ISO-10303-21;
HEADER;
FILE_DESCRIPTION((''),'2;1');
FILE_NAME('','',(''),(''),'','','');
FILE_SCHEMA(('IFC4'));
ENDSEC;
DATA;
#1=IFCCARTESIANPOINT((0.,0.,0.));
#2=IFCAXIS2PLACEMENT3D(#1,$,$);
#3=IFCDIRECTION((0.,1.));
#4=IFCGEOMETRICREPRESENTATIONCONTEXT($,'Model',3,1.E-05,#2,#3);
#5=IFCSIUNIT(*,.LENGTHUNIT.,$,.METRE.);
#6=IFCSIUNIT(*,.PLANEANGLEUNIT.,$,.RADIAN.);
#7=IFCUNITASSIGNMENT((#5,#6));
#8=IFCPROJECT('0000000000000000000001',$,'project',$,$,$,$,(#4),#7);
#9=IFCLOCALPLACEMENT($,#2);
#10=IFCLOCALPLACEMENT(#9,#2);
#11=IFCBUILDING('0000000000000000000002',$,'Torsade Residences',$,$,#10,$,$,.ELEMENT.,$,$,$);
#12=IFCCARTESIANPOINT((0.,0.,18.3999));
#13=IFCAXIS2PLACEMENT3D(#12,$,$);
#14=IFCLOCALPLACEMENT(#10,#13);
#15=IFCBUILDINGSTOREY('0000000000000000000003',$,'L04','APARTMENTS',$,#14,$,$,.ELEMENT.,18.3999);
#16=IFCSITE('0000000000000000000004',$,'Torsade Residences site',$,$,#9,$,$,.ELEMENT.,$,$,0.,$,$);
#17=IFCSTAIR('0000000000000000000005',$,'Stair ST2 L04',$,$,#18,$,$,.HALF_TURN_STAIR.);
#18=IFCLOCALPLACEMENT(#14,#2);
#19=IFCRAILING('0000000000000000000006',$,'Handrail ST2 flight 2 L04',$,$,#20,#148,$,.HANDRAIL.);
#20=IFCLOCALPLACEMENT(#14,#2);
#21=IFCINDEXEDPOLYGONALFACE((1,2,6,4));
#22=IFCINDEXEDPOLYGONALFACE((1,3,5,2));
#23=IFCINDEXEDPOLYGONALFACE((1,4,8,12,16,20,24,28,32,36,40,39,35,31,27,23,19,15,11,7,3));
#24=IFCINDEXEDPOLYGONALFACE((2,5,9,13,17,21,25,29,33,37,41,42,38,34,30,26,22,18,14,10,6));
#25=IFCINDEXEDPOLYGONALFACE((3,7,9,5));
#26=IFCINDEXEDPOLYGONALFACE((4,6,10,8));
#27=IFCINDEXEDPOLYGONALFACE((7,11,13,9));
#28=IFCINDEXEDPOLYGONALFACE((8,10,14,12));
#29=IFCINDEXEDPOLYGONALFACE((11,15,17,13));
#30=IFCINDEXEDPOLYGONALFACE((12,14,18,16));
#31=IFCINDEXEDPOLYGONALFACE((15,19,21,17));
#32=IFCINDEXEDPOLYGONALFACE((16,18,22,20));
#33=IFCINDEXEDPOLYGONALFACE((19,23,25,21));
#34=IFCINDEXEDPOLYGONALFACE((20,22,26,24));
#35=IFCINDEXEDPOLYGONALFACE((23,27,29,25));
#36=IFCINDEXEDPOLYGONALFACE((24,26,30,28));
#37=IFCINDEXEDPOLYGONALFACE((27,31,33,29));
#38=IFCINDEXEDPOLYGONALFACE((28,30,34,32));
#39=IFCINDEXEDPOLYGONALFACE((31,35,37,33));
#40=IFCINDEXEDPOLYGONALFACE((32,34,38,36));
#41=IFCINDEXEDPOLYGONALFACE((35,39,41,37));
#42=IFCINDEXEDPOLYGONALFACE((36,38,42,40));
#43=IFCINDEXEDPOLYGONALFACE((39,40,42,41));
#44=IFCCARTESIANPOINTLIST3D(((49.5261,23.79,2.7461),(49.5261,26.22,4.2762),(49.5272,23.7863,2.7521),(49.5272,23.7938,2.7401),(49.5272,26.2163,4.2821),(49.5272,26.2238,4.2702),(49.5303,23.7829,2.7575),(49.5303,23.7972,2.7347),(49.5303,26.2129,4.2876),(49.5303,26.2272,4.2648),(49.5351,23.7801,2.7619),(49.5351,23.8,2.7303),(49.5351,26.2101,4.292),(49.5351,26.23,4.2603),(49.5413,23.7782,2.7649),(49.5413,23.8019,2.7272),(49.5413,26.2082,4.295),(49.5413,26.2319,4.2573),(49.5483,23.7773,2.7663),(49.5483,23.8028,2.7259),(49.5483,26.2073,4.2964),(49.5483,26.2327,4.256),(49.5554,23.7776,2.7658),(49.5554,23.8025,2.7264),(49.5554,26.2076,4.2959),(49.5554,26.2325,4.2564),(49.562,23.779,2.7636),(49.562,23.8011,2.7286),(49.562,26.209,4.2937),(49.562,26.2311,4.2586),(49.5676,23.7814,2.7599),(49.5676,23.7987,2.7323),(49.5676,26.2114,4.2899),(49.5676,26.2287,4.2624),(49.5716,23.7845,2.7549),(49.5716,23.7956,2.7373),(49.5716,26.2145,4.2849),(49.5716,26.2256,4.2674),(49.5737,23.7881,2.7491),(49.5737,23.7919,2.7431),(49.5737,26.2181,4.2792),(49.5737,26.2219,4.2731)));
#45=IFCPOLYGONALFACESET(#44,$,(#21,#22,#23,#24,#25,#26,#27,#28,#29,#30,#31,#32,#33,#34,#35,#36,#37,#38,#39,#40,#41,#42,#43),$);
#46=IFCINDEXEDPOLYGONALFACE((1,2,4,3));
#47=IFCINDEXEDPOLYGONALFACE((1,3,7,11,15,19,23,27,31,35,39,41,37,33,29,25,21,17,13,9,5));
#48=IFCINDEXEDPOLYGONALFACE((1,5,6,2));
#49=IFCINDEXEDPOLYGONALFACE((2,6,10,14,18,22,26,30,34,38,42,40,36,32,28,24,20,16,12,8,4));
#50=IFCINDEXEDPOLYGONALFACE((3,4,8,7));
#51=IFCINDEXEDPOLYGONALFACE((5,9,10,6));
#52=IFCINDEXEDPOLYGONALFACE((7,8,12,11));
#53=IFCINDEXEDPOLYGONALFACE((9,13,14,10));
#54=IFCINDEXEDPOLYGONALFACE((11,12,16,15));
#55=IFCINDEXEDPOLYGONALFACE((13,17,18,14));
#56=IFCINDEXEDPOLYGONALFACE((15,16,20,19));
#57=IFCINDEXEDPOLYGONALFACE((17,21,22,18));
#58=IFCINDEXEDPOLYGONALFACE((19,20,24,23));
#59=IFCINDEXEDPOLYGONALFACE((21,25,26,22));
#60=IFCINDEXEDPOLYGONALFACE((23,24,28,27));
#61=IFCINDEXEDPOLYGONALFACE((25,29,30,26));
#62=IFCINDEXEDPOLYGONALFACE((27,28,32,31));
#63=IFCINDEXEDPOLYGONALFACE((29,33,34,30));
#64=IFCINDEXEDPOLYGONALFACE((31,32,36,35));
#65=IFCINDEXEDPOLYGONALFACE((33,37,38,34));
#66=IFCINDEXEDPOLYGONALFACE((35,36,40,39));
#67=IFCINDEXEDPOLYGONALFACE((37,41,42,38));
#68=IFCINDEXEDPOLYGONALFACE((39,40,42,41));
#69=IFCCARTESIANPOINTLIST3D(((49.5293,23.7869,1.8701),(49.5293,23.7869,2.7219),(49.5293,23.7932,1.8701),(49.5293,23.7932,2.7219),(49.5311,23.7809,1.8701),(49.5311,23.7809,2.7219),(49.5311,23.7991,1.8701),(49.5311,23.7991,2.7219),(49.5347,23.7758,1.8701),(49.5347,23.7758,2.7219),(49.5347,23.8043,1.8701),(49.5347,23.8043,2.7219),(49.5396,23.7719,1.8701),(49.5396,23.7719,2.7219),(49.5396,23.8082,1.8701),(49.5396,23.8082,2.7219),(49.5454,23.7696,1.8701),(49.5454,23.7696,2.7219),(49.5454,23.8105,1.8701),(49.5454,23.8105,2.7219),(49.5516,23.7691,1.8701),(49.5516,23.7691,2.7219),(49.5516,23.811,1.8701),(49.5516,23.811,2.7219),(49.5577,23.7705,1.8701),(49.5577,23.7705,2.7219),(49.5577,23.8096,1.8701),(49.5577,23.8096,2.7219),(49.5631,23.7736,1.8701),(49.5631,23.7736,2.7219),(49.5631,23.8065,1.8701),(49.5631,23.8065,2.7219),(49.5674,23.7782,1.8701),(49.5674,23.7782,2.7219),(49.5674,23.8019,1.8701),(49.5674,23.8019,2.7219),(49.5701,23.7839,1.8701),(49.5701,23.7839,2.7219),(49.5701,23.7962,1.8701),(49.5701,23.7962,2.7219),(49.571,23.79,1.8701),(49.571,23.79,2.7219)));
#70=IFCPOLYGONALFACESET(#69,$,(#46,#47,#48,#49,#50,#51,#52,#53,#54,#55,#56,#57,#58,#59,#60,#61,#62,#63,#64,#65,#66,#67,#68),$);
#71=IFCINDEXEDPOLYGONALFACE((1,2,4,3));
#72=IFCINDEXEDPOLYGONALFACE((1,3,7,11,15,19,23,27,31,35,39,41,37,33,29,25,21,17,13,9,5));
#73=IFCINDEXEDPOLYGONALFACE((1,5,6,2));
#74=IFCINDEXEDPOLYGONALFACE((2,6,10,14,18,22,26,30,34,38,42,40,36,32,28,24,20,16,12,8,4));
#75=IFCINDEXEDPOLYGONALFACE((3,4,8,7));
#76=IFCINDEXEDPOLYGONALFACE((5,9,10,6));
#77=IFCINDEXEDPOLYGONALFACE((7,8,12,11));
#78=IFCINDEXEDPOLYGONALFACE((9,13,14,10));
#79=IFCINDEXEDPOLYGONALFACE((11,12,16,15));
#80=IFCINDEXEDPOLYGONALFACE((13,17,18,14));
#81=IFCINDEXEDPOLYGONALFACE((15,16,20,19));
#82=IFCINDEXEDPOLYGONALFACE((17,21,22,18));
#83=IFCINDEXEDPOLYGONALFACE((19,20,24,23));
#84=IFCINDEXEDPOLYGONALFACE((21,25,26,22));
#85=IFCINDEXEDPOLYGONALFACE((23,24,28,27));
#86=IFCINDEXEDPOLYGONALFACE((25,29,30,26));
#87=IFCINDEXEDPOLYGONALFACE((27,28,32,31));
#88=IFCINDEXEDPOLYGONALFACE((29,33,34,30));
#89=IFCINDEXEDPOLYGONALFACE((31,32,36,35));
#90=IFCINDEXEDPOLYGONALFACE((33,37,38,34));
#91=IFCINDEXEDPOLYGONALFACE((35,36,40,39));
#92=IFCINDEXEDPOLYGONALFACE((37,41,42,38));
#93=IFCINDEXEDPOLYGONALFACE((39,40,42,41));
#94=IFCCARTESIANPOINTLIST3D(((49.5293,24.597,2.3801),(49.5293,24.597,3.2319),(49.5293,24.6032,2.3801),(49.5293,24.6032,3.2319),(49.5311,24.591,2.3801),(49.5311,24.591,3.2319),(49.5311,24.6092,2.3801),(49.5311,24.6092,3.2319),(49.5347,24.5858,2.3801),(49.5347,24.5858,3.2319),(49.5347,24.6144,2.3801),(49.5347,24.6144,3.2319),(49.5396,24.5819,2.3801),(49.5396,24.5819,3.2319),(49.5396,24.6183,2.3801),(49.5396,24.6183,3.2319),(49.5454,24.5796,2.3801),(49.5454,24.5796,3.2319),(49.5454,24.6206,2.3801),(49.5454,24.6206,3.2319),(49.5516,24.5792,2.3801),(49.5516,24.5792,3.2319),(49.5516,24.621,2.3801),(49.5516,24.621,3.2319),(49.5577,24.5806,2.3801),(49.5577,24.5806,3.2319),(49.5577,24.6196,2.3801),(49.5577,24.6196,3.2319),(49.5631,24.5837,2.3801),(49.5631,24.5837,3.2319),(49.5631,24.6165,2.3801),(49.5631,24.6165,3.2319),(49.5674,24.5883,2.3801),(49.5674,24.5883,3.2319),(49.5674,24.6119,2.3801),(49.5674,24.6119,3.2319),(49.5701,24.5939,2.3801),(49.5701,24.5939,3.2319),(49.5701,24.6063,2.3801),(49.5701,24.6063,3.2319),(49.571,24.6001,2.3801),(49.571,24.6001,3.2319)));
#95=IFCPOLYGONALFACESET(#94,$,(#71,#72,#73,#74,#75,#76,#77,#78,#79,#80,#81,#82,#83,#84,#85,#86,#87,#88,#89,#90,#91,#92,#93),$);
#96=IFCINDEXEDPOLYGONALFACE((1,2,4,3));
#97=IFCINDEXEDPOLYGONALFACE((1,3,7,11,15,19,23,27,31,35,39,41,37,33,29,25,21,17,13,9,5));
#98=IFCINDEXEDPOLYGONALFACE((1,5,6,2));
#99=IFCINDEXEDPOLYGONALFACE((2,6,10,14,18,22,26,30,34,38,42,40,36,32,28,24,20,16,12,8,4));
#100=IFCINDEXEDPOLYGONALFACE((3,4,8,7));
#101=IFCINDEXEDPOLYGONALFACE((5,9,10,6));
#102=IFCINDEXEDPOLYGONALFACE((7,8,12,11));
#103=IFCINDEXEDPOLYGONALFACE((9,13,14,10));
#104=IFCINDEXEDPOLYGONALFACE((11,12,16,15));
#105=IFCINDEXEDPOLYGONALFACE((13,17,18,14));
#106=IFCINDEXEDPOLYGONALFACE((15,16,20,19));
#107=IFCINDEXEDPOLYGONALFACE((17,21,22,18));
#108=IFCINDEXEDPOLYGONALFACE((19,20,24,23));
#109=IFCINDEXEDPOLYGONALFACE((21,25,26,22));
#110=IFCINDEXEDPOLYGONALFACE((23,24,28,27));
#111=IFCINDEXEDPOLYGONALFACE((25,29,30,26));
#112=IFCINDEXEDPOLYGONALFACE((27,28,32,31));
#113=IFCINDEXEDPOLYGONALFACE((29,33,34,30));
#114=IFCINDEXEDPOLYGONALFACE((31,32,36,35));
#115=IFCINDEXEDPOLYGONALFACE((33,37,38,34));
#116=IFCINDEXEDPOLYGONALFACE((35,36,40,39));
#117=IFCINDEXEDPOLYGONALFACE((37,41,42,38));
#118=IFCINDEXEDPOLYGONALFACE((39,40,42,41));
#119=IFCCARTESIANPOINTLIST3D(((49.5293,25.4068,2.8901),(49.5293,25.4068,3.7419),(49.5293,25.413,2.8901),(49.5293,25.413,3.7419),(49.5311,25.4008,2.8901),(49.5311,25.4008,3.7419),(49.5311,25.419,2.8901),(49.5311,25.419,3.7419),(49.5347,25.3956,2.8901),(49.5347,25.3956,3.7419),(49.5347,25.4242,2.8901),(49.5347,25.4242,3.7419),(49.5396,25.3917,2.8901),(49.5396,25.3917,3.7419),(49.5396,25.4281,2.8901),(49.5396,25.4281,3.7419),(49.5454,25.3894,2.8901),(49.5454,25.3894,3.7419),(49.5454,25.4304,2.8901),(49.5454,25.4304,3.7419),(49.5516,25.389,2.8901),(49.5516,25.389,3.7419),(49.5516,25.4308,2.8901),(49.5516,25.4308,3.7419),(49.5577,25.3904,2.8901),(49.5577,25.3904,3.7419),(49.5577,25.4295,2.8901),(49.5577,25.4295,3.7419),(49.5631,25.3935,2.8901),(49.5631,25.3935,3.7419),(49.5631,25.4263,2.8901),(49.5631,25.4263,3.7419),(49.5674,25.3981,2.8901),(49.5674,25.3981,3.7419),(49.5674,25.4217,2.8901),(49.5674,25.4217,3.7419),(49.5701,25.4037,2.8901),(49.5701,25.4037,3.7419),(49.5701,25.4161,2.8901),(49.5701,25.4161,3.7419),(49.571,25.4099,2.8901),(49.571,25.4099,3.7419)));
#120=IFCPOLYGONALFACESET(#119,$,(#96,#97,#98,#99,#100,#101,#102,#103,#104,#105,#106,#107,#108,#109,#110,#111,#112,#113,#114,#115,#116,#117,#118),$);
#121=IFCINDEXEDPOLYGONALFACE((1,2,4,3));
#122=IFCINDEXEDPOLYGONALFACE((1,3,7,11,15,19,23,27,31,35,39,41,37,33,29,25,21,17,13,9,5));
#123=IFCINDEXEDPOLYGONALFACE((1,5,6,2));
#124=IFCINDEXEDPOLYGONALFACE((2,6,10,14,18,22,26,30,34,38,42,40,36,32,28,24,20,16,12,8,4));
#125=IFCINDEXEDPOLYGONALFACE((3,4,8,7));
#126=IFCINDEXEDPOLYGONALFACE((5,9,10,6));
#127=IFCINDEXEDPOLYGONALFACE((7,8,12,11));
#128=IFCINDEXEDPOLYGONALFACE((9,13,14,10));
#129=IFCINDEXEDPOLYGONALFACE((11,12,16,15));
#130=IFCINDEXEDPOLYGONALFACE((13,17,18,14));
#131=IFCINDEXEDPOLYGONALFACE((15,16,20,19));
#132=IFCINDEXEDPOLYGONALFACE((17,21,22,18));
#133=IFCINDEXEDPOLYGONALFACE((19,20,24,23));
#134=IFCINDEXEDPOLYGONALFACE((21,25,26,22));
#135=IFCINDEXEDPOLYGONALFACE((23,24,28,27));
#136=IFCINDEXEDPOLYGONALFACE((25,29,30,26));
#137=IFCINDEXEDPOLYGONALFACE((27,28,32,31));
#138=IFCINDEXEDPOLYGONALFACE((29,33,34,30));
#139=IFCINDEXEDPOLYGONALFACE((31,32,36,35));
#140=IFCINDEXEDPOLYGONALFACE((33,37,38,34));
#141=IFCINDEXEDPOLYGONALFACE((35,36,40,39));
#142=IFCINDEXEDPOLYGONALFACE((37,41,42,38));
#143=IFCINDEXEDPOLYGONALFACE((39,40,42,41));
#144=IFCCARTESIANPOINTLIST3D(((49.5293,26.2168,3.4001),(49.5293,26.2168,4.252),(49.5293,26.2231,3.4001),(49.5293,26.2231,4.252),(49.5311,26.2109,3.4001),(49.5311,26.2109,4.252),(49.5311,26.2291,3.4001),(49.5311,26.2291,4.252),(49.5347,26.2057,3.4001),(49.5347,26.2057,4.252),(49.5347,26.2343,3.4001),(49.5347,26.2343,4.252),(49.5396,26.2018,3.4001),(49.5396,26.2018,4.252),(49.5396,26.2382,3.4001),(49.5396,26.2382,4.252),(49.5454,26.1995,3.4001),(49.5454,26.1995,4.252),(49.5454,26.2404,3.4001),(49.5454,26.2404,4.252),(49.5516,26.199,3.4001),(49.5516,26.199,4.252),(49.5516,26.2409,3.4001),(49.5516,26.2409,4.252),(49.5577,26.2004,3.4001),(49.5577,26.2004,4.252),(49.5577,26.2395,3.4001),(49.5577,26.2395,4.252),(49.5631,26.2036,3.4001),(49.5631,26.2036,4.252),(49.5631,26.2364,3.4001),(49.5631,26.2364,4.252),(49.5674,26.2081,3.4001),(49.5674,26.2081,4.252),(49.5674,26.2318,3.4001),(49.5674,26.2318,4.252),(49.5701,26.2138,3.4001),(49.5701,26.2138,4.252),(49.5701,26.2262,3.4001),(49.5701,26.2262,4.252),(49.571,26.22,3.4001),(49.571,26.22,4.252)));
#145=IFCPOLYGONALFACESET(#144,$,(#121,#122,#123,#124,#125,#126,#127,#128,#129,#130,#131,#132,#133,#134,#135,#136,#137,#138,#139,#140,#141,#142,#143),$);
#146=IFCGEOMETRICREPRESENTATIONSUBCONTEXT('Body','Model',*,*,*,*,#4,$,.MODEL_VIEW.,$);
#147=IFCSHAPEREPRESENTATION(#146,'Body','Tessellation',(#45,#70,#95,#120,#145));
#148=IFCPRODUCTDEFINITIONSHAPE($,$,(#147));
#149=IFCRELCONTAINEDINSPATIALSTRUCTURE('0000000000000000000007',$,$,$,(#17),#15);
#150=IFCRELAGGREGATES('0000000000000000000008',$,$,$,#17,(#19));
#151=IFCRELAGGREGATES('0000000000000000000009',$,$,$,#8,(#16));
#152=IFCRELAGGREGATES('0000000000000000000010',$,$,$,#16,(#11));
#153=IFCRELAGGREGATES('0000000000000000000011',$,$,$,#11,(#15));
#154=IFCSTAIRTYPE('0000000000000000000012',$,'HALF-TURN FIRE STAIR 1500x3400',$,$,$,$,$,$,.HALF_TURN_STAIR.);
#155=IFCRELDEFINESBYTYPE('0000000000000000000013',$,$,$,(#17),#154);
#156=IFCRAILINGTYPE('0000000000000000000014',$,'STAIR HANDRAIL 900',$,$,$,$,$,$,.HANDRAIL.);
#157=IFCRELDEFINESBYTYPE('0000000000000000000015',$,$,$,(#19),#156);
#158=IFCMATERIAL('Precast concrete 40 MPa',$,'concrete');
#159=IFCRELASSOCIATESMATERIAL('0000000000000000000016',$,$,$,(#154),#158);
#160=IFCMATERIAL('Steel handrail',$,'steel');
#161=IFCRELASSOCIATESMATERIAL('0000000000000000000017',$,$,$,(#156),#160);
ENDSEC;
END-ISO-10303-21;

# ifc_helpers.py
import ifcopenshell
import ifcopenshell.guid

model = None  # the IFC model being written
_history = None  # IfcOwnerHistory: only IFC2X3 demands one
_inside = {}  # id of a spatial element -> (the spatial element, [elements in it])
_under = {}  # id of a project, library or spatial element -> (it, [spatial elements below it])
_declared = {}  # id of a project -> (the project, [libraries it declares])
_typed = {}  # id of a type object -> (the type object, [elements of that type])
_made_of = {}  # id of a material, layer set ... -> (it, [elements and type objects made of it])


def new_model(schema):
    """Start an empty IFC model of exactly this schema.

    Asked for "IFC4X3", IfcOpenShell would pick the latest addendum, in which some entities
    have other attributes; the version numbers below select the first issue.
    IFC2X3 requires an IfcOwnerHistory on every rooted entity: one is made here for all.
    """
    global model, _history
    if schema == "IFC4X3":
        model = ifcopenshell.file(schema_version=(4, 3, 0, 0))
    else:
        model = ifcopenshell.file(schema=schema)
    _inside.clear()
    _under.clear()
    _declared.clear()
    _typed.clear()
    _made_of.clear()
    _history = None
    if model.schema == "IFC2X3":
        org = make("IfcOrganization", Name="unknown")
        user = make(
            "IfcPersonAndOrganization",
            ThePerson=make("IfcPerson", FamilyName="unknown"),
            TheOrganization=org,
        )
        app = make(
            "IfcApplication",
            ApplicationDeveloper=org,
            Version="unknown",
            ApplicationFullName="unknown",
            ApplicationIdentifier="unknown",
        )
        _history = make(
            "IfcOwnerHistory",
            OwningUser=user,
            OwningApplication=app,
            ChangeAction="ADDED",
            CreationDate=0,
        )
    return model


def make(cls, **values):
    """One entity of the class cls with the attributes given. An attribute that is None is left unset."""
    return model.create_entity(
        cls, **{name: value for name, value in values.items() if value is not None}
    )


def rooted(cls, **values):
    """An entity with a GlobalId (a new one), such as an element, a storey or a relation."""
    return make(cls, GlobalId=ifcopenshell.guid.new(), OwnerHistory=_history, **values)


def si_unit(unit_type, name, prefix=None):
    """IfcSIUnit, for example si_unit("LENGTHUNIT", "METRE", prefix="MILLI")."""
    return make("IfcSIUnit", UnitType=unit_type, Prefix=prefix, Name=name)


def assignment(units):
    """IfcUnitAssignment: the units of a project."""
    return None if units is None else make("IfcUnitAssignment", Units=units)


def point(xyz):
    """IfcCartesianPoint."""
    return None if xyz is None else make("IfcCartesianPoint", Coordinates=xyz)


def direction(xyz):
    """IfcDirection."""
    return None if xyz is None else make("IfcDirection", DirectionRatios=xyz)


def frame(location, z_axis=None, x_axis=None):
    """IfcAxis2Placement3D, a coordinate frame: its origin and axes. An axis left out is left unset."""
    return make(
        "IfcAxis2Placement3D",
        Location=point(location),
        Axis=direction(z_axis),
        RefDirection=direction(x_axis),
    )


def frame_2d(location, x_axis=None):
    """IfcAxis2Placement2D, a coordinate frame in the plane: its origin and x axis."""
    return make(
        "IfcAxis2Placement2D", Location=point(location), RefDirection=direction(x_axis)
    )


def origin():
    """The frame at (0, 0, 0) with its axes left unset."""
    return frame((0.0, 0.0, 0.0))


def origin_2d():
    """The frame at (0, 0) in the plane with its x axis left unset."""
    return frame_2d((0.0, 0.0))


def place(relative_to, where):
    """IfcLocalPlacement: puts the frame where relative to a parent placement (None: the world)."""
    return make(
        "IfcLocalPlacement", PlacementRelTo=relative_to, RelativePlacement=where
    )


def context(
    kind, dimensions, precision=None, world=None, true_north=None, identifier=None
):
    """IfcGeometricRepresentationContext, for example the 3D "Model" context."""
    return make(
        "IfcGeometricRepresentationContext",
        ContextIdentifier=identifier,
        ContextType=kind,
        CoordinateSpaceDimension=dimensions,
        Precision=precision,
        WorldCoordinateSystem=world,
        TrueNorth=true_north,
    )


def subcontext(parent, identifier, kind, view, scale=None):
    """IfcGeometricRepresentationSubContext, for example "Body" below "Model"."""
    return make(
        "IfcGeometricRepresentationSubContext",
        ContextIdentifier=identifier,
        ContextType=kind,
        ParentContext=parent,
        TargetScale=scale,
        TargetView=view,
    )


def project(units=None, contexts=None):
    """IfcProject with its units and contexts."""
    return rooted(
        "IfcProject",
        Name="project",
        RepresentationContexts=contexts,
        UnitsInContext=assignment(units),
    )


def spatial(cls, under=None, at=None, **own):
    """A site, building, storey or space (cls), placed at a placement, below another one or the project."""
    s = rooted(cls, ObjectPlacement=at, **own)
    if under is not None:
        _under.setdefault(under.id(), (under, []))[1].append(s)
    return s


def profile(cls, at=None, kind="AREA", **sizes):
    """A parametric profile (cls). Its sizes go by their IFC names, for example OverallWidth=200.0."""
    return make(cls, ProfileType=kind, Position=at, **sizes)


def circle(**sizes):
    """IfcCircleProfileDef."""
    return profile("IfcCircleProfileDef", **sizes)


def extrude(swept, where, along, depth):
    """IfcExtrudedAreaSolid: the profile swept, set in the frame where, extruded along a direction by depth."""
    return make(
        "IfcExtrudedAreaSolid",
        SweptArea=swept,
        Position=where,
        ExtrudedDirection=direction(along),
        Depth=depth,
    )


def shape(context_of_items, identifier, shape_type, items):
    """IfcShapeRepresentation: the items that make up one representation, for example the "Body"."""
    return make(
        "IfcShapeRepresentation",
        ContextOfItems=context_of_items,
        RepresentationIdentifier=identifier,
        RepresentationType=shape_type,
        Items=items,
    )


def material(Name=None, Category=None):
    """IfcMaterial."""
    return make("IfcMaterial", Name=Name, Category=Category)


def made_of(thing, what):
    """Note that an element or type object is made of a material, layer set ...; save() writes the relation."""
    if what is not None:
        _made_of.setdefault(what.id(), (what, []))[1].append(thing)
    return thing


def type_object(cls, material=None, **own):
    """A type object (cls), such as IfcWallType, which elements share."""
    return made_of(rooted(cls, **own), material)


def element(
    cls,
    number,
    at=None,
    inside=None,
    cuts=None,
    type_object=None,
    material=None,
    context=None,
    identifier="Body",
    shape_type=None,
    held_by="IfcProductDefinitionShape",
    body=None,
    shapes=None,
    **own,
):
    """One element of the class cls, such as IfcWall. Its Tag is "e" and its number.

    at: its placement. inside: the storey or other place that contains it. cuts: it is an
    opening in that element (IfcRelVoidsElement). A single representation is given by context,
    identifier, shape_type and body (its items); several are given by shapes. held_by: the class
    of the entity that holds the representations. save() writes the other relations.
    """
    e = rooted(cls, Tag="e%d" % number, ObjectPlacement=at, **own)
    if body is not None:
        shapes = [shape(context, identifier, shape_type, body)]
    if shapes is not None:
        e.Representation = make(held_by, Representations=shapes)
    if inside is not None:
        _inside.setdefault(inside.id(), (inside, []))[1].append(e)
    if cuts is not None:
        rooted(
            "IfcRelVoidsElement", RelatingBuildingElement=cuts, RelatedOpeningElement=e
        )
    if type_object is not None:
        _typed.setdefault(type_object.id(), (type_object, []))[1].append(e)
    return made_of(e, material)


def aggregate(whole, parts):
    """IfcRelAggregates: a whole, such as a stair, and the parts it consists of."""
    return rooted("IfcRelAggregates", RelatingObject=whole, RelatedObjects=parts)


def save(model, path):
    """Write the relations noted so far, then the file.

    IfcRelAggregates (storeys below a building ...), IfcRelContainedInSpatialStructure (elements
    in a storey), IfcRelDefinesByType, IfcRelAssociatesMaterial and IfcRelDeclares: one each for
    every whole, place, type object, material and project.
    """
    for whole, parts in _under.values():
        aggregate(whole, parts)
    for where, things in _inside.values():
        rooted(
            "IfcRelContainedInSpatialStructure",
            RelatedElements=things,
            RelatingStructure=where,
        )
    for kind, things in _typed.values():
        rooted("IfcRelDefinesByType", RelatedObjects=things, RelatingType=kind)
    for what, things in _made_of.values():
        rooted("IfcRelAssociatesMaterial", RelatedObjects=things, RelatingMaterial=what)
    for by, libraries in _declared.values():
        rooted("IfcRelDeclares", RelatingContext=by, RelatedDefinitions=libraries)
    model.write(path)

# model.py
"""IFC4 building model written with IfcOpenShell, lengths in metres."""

from ifc_helpers import new_model, si_unit, direction, frame, origin, origin_2d, place, context, subcontext, project, spatial, circle, extrude, material, type_object, element, aggregate, save


model = new_model("IFC4")

# Units and contexts
model_context = context("Model", 3, precision=1e-05, world=origin(), true_north=direction((0.0, 1.0)))
body_context = subcontext(model_context, "Body", "Model", "MODEL_VIEW")
ifc_project = project(units=[si_unit("LENGTHUNIT", "METRE"), si_unit("PLANEANGLEUNIT", "RADIAN")], contexts=[model_context])

# Site, building, storey
site_placement = place(None, origin())
site = spatial("IfcSite", under=ifc_project, at=site_placement, Name="Torsade Residences site", CompositionType="ELEMENT", RefElevation=0.0)
building_placement = place(site_placement, origin())
building = spatial("IfcBuilding", under=site, at=building_placement, Name="Torsade Residences", CompositionType="ELEMENT")
storey_placement = place(building_placement, frame((0.0, 0.0, 18.3999)))
storey = spatial("IfcBuildingStorey", under=building, at=storey_placement, Name="L04", Description="APARTMENTS", CompositionType="ELEMENT", Elevation=18.3999)

# Stair, railing
ifc_material_1 = material(Name="Precast concrete 40 MPa", Category="concrete")
stair_type = type_object("IfcStairType", Name="HALF-TURN FIRE STAIR 1500x3400", PredefinedType="HALF_TURN_STAIR", material=ifc_material_1)
stair_placement = place(storey_placement, origin())
stair = element("IfcStair", 1, at=stair_placement, inside=storey, type_object=stair_type, Name="Stair ST2 L04", PredefinedType="HALF_TURN_STAIR")
ifc_material_2 = material(Name="Steel handrail", Category="steel")
railing_type = type_object("IfcRailingType", Name="STAIR HANDRAIL 900", PredefinedType="HANDRAIL", material=ifc_material_2)
railing_1_placement = place(storey_placement, frame((49.55, 23.79, 1.8701)))
railing_1 = element("IfcRailing", 2, at=railing_1_placement, type_object=railing_type, Name="Handrail ST2 flight 2 L04", PredefinedType="HANDRAIL", context=body_context, shape_type="SweptSolid", body=[
    extrude(circle(Radius=0.0239, at=origin_2d()), frame((0.0, 0.0, 0.876), z_axis=(0.0, 0.846221, 0.532831), x_axis=(-1.0, 0.0, 0.0)), (0.0, 0.0, 1.0), 2.8716),
    extrude(circle(Radius=0.021, at=origin_2d()), origin(), (0.0, 0.0, 1.0), 0.8518),
    extrude(circle(Radius=0.021, at=origin_2d()), frame((0.0, 0.8101, 0.51)), (0.0, 0.0, 1.0), 0.8518),
    extrude(circle(Radius=0.021, at=origin_2d()), frame((0.0, 1.6199, 1.02)), (0.0, 0.0, 1.0), 0.8518),
    extrude(circle(Radius=0.021, at=origin_2d()), frame((0.0, 2.4299, 1.53)), (0.0, 0.0, 1.0), 0.8518),
])
aggregate(stair, [railing_1])

save(model, "model.ifc")
